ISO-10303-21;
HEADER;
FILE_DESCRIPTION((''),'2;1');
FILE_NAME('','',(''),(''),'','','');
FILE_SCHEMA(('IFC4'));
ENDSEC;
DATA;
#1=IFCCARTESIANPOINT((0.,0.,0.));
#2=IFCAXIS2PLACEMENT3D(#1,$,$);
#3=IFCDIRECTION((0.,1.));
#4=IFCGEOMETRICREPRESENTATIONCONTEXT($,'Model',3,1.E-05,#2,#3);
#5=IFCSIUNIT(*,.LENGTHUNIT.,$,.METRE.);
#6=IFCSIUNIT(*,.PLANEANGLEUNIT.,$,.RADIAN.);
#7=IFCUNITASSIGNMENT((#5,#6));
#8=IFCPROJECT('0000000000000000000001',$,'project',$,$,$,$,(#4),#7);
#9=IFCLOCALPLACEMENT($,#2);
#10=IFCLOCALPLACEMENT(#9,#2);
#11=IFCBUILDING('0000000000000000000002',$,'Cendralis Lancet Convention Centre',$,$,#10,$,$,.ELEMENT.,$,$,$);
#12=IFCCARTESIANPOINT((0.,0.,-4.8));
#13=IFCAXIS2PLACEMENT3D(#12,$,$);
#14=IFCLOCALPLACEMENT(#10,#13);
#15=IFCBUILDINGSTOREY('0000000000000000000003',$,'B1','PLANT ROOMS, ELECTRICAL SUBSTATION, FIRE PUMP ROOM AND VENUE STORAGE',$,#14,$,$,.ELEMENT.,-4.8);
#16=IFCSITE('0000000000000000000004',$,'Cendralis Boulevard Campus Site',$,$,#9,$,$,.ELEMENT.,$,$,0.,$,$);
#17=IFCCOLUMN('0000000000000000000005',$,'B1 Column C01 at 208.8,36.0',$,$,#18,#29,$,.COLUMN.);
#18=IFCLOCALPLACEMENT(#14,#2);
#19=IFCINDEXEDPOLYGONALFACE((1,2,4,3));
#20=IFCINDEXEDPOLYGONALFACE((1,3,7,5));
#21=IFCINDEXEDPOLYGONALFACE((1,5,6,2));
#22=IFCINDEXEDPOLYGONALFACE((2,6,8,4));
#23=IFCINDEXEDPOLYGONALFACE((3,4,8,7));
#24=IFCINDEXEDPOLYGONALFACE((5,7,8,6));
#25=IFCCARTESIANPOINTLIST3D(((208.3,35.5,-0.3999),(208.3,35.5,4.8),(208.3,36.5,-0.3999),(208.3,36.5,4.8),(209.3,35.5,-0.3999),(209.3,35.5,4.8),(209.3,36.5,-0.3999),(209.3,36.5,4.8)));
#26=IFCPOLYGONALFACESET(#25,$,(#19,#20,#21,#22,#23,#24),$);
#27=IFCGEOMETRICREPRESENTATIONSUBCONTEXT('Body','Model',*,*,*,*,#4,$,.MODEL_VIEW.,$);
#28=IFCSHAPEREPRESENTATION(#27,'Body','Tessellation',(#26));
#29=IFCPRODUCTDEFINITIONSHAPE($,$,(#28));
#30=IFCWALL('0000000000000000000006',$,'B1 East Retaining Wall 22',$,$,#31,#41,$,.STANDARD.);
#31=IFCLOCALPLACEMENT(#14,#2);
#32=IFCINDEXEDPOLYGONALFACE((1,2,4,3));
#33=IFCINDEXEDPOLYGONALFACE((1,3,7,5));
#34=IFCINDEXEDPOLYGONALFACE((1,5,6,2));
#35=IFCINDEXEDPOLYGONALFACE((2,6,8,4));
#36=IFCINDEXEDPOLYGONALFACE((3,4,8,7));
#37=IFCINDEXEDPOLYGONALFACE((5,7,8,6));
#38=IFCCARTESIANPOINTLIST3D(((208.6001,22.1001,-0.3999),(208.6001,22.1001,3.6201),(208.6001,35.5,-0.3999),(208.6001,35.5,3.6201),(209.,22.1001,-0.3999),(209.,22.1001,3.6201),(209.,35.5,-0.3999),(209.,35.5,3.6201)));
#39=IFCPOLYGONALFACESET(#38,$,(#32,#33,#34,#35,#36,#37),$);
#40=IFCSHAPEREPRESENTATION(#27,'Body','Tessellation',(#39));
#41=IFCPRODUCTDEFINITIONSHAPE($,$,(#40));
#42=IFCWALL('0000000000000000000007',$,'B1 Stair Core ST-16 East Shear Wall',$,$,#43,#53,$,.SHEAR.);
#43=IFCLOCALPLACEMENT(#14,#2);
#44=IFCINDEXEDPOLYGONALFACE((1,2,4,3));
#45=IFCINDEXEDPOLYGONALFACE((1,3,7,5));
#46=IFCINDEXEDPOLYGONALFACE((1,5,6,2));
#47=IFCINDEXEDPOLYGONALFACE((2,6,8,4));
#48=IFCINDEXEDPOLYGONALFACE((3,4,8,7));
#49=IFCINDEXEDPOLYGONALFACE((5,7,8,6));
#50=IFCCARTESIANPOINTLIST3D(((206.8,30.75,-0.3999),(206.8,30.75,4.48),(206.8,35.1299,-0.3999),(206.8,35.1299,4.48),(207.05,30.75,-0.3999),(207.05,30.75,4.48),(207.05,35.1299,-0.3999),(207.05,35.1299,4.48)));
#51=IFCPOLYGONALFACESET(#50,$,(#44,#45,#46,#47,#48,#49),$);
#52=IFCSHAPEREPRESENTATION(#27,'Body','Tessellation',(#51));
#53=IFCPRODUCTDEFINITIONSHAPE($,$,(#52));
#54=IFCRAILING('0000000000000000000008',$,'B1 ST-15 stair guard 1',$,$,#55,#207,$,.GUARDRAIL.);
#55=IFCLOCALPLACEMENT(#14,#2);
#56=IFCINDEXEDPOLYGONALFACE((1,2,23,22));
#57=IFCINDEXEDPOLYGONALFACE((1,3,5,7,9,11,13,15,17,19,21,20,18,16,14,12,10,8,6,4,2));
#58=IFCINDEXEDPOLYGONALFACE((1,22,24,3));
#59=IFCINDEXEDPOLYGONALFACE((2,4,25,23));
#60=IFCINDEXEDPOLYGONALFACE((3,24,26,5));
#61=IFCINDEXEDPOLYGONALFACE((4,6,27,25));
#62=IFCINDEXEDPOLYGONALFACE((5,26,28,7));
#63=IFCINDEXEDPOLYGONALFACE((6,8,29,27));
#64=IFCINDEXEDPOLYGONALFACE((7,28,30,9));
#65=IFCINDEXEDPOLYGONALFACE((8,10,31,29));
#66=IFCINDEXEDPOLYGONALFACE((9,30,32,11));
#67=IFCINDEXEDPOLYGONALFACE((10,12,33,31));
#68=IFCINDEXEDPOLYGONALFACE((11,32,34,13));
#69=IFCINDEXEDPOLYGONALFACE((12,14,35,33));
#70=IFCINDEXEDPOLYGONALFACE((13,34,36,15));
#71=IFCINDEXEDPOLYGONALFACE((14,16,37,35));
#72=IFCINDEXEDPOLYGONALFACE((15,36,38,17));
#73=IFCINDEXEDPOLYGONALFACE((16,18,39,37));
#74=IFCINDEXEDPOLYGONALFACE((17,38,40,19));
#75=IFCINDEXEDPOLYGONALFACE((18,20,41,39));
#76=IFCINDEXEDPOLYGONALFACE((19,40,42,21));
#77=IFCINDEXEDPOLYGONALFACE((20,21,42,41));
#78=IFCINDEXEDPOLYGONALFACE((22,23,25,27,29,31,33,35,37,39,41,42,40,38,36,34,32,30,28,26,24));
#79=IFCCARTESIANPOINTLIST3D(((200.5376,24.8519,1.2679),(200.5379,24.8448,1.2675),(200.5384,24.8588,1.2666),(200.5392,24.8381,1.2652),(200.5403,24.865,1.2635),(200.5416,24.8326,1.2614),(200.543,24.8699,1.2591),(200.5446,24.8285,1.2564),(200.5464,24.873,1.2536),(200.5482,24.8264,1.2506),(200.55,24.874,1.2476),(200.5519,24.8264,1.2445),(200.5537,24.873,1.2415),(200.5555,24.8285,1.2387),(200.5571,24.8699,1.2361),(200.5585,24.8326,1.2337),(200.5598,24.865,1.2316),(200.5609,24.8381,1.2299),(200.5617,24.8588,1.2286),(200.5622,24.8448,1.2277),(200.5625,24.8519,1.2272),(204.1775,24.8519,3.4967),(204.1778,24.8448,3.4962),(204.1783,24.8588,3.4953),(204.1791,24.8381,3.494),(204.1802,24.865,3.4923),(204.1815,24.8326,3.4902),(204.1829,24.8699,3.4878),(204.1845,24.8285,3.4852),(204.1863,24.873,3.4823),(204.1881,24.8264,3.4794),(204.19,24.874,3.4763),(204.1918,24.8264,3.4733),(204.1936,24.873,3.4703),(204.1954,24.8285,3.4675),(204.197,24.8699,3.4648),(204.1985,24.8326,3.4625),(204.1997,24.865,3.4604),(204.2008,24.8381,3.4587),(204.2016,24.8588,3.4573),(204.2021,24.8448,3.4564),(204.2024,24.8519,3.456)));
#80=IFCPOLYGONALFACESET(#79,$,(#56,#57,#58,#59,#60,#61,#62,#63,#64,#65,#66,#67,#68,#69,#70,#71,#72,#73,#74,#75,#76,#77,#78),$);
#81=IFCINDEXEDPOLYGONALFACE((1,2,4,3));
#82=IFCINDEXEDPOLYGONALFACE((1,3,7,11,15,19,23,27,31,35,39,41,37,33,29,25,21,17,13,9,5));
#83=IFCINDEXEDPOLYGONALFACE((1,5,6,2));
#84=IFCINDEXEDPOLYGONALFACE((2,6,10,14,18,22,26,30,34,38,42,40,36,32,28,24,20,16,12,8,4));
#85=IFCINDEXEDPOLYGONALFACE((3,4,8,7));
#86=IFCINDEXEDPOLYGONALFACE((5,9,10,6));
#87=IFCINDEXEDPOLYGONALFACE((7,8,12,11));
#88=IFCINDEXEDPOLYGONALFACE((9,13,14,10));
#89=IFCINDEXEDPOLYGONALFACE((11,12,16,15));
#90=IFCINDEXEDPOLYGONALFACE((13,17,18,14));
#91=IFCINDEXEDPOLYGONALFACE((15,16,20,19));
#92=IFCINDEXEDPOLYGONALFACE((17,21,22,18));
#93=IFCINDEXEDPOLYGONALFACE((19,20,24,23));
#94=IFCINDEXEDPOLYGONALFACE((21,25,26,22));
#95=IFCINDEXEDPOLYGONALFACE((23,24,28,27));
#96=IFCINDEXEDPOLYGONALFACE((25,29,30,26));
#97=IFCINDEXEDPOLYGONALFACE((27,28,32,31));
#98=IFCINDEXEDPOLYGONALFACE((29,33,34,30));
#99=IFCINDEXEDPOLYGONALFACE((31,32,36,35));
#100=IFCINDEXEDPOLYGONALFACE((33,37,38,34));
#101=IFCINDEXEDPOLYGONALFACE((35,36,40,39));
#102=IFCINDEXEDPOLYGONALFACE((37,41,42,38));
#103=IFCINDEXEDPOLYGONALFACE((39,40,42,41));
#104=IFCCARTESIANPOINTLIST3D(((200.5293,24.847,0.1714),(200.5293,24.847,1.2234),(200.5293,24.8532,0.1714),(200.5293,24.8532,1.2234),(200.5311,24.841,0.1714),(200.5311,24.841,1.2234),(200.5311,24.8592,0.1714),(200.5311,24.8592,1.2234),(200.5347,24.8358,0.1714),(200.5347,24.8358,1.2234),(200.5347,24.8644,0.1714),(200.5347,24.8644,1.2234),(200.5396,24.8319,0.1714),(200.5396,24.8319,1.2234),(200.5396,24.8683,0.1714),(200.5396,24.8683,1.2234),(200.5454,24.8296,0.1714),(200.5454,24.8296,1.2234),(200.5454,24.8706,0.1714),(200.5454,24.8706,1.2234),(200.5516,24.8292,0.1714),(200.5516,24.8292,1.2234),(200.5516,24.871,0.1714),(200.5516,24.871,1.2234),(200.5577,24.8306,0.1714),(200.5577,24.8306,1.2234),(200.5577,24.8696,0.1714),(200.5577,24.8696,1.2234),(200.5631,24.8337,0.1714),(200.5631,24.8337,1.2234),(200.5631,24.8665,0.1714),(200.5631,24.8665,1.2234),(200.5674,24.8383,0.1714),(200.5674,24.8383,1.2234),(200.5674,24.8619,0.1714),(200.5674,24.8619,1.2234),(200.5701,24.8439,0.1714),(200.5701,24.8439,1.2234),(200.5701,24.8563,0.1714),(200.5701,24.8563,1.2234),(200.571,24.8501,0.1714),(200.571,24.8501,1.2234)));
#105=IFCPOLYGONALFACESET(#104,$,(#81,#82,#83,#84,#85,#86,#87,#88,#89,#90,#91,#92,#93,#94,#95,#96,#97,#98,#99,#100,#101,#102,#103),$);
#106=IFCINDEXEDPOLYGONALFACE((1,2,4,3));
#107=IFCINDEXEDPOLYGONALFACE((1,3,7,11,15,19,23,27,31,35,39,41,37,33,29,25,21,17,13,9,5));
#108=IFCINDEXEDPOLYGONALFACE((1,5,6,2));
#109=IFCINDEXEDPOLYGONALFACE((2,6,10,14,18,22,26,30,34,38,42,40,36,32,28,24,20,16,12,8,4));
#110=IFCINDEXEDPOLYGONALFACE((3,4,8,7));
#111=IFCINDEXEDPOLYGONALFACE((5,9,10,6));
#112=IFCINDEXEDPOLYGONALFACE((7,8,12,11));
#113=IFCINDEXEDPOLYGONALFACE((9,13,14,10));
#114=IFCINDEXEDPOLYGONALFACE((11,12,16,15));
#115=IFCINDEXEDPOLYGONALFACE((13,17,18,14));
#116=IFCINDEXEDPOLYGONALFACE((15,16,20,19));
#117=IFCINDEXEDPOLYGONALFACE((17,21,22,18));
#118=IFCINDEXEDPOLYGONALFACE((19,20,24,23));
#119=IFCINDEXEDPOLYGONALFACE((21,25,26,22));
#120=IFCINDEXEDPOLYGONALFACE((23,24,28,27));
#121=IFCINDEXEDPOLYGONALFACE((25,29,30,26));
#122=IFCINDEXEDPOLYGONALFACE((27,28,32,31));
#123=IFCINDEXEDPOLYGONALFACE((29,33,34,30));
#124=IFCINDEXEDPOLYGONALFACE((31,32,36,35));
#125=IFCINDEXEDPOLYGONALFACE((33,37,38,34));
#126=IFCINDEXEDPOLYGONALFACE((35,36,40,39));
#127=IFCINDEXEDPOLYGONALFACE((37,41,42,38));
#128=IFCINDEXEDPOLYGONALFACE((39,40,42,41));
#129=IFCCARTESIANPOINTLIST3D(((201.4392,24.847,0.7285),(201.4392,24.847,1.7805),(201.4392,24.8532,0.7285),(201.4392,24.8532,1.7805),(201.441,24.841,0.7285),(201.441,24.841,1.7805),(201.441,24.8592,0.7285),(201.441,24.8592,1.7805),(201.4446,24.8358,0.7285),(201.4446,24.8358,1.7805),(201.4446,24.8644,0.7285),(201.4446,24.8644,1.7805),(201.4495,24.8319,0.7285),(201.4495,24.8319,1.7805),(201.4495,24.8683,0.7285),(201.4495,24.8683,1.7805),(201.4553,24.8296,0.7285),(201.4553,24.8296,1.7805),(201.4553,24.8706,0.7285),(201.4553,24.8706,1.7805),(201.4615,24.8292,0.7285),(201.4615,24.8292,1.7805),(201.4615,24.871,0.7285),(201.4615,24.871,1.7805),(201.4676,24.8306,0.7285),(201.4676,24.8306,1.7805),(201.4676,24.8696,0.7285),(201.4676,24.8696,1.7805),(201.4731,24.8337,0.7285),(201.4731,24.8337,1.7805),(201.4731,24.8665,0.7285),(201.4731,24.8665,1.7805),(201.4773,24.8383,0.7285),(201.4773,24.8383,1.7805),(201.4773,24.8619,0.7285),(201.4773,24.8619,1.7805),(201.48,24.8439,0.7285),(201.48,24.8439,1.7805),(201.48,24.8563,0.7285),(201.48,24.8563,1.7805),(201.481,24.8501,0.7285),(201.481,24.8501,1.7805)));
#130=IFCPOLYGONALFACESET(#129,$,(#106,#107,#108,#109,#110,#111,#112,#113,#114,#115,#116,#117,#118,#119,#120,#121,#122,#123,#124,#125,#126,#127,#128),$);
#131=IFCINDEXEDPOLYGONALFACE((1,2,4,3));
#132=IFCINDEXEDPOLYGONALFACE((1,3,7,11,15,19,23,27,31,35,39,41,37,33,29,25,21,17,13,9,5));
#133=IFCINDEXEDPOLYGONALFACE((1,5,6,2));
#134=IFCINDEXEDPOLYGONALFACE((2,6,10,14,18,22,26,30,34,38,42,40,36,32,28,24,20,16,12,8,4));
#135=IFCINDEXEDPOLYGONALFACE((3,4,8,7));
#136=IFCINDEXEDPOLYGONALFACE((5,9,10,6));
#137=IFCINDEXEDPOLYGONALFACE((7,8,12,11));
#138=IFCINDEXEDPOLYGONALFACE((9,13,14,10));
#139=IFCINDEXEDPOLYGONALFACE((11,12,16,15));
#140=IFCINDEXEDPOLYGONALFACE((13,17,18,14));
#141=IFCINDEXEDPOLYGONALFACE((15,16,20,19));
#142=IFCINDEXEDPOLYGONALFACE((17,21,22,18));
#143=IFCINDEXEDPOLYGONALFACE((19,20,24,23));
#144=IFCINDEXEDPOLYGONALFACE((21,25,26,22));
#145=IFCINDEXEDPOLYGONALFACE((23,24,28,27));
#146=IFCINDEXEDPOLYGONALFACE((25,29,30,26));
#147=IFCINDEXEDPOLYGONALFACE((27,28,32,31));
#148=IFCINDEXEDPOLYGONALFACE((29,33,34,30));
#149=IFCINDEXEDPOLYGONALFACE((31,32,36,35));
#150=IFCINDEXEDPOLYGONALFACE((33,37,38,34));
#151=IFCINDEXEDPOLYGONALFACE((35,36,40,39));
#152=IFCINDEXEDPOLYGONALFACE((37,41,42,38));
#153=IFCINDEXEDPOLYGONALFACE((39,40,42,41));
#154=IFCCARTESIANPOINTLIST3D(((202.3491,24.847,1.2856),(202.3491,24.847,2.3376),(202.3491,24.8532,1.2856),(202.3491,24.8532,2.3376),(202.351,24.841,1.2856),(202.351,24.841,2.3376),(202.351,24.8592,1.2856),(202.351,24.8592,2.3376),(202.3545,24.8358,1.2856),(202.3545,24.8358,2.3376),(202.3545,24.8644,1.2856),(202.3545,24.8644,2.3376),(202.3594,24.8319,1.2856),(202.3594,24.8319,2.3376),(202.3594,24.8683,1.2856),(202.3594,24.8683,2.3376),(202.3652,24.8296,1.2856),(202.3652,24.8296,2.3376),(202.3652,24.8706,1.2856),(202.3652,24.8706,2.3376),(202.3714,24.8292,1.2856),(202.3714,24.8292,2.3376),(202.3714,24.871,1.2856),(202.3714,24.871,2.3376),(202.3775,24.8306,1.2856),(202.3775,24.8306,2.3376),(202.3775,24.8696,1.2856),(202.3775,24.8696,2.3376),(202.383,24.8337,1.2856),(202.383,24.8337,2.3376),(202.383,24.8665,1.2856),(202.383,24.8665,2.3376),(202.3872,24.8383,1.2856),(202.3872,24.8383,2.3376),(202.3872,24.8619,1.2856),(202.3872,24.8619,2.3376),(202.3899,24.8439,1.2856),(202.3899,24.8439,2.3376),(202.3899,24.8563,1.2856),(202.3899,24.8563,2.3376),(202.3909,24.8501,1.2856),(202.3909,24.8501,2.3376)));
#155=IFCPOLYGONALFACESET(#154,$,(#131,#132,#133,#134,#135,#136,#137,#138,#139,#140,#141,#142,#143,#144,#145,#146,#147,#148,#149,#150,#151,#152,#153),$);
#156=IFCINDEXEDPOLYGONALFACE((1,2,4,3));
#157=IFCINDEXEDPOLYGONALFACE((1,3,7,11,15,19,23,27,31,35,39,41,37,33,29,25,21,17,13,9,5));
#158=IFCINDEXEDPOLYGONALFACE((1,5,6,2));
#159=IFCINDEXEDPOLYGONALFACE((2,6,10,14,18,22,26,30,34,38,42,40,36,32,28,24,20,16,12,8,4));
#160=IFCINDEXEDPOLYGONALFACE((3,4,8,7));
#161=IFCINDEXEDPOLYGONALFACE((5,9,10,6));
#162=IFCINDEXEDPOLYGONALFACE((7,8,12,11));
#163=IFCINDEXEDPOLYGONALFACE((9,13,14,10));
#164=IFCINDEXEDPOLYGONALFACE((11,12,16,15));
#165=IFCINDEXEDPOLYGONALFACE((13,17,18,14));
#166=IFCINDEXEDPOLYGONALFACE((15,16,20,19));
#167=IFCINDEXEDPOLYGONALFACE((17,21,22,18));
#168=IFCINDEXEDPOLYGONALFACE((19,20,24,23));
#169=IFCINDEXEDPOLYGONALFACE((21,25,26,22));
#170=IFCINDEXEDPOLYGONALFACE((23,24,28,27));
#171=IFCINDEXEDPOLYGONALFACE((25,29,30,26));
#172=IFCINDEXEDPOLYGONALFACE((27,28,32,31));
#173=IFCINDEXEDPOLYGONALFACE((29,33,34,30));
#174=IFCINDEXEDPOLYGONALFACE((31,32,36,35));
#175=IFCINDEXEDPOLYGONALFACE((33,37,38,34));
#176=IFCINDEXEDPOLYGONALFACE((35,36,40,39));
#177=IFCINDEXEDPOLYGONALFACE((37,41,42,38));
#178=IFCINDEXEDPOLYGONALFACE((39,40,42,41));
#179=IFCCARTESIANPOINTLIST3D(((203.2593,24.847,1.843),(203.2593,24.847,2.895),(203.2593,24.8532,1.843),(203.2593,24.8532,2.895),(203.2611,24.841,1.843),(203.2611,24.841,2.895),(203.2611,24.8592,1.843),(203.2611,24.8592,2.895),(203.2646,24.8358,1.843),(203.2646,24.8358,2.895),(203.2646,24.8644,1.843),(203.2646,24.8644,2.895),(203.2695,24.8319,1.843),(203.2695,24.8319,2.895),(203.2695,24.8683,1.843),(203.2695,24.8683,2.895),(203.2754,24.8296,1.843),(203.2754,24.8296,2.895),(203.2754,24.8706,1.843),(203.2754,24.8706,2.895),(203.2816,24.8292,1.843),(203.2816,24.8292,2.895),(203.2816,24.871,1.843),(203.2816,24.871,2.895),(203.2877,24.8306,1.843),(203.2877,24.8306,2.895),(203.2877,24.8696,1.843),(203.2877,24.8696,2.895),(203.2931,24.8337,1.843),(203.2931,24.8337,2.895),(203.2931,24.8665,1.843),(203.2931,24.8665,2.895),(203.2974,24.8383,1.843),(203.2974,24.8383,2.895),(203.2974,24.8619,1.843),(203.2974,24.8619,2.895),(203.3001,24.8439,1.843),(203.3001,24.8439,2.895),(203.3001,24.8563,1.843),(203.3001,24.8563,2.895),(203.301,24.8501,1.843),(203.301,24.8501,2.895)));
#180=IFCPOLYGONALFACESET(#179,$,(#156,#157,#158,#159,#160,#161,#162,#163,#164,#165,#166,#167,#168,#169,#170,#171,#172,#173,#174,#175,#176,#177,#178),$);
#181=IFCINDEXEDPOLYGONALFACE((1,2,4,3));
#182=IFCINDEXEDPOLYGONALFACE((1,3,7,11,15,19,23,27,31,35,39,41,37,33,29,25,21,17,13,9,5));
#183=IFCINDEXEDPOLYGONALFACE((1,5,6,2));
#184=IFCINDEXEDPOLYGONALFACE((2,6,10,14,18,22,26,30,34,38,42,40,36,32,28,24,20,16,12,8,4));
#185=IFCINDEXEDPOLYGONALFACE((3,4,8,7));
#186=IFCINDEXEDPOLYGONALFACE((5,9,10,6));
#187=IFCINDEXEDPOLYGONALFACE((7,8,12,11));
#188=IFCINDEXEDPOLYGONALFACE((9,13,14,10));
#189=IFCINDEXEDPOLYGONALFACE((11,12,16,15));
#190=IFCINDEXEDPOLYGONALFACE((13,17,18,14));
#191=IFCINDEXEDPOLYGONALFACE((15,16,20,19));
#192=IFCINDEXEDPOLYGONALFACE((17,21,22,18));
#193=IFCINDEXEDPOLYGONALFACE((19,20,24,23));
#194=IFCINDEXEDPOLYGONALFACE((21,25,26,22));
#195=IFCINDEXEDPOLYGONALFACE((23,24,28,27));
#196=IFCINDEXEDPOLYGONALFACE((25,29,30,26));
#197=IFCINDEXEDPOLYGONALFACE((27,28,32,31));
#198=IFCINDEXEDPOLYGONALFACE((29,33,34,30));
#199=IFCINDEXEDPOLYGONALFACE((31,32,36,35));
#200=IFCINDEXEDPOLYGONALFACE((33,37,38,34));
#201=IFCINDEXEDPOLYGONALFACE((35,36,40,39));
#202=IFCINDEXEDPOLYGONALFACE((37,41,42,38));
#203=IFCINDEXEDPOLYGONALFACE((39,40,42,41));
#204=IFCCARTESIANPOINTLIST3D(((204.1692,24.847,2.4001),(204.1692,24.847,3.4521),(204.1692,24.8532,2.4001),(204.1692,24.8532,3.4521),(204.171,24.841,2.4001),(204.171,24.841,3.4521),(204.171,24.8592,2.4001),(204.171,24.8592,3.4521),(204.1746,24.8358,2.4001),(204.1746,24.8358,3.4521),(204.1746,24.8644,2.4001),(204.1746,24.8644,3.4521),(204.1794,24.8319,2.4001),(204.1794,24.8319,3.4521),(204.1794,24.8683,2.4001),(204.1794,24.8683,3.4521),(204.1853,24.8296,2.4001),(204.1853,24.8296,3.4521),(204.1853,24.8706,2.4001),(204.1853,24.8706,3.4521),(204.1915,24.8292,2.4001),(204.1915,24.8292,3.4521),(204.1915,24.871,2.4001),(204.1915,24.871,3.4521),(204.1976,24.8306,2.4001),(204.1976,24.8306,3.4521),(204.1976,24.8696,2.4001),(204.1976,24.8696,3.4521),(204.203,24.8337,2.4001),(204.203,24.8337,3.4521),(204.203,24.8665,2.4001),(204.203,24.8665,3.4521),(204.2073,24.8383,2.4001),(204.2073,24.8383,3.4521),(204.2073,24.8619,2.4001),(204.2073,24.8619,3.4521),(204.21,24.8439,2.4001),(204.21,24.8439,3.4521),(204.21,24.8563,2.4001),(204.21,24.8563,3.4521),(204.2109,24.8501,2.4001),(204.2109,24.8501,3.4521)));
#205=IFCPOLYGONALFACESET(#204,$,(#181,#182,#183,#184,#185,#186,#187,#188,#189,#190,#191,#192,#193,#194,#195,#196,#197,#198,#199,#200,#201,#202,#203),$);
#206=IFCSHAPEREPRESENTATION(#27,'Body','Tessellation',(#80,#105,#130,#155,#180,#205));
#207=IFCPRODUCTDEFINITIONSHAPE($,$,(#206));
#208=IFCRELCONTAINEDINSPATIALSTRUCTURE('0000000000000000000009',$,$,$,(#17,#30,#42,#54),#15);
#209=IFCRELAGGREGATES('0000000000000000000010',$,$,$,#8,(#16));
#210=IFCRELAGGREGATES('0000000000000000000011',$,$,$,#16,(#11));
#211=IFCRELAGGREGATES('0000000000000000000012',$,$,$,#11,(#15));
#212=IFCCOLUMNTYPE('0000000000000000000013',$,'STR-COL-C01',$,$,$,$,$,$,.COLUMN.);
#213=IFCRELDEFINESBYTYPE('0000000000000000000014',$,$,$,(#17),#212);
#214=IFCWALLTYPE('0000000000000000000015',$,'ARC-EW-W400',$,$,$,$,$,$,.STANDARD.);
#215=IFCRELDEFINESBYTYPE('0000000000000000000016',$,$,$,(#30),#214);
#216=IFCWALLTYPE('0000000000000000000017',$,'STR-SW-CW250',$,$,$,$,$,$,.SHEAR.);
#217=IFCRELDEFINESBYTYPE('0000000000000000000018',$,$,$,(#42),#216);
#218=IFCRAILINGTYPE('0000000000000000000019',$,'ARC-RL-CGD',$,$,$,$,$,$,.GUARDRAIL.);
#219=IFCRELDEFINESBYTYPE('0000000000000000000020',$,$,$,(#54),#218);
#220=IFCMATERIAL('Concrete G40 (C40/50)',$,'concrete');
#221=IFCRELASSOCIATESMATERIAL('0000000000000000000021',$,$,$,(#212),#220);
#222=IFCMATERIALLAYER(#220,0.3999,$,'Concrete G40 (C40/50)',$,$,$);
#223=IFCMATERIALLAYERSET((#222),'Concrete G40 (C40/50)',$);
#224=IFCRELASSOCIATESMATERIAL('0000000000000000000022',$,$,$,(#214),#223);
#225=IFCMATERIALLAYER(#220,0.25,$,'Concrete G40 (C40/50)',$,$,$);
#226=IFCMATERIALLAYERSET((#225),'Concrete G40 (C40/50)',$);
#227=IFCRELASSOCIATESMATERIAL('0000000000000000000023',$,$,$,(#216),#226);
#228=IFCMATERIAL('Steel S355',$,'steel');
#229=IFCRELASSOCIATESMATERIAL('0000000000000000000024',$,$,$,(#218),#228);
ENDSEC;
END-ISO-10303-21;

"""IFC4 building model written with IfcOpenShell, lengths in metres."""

from ifc_helpers import new_model, si_unit, direction, frame, frame_2d, origin, origin_2d, place, context, subcontext, project, spatial, rectangle, circle, extrude, material, layer, layer_set, material_profile, profile_set, type_object, element, save


model = new_model("IFC4")

# Units and contexts
model_context = context("Model", 3, precision=1e-05, world=origin(), true_north=direction((0.0, 1.0)))
body_context = subcontext(model_context, "Body", "Model", "MODEL_VIEW")
ifc_project = project(units=[si_unit("LENGTHUNIT", "METRE"), si_unit("PLANEANGLEUNIT", "RADIAN")], contexts=[model_context])

# Site, building, storey
site_placement = place(None, origin())
site = spatial("IfcSite", under=ifc_project, at=site_placement, Name="Cendralis Boulevard Campus Site", CompositionType="ELEMENT", RefElevation=0.0)
building_placement = place(site_placement, origin())
building = spatial("IfcBuilding", under=site, at=building_placement, Name="Cendralis Lancet Convention Centre", CompositionType="ELEMENT")
storey_placement = place(building_placement, frame((0.0, 0.0, -4.8)))
storey = spatial("IfcBuildingStorey", under=building, at=storey_placement, Name="B1", Description="PLANT ROOMS, ELECTRICAL SUBSTATION, FIRE PUMP ROOM AND VENUE STORAGE", CompositionType="ELEMENT", Elevation=-4.8)

# Column
ifc_material_1 = material(Name="Concrete G40 (C40/50)", Category="concrete")
ifc_material_profile_1 = material_profile(ifc_material_1, rectangle(XDim=1.0, YDim=1.0, at=origin_2d()), Name="RC 1000x1000")
ifc_profile_set_1 = profile_set([ifc_material_profile_1], Name="Concrete G40 (C40/50)")
column_type = type_object("IfcColumnType", Name="STR-COL-C01", PredefinedType="COLUMN", material=ifc_profile_set_1)
for number, where, z_axis, x_axis, name in (
    (1, (208.8, 36.0, -0.3999), (0.0, 0.0, 1.0), (1.0, 0.0, 0.0), "B1 Column C01 at 208.8,36.0"),
):
    element("IfcColumn", number, at=place(storey_placement, frame(where, z_axis=z_axis, x_axis=x_axis)), inside=storey, type_object=column_type, Name=name, PredefinedType="COLUMN", context=body_context, shape_type="SweptSolid", body=[
        extrude(rectangle(XDim=1.0, YDim=1.0, at=origin_2d()), origin(), (0.0, 0.0, 1.0), 5.2),
    ])

# Walls
ifc_layer_1 = layer(ifc_material_1, 0.3999, Name="Concrete G40 (C40/50)")
ifc_layer_set_1 = layer_set([ifc_layer_1], Name="Concrete G40 (C40/50)")
wall_type_1 = type_object("IfcWallType", Name="ARC-EW-W400", PredefinedType="STANDARD", material=ifc_layer_set_1)
wall_1_placement = place(storey_placement, frame((208.8, 35.5, -0.3999), z_axis=(0.0, 0.0, 1.0), x_axis=(0.0, -1.0, 0.0)))
element("IfcWall", 2, at=wall_1_placement, inside=storey, type_object=wall_type_1, Name="B1 East Retaining Wall 22", PredefinedType="STANDARD", context=body_context, shape_type="SweptSolid", body=[
    extrude(rectangle(XDim=13.3999, YDim=0.3999, at=frame_2d((6.7, 0.0))), origin(), (0.0, 0.0, 1.0), 4.02),
])
ifc_layer_2 = layer(ifc_material_1, 0.25, Name="Concrete G40 (C40/50)")
ifc_layer_set_2 = layer_set([ifc_layer_2], Name="Concrete G40 (C40/50)")
wall_type_2 = type_object("IfcWallType", Name="STR-SW-CW250", PredefinedType="SHEAR", material=ifc_layer_set_2)
wall_2_placement = place(storey_placement, frame((206.925, 30.75, -0.3999), z_axis=(0.0, 0.0, 1.0), x_axis=(0.0, 1.0, 0.0)))
element("IfcWall", 3, at=wall_2_placement, inside=storey, type_object=wall_type_2, Name="B1 Stair Core ST-16 East Shear Wall", PredefinedType="SHEAR", context=body_context, shape_type="SweptSolid", body=[
    extrude(rectangle(XDim=4.3799, YDim=0.25, at=frame_2d((2.1899, 0.0))), origin(), (0.0, 0.0, 1.0), 4.8799),
])

# Railing
ifc_material_2 = material(Name="Steel S355", Category="steel")
railing_type_1 = type_object("IfcRailingType", Name="ARC-RL-CGD", PredefinedType="GUARDRAIL", material=ifc_material_2)
railing_1_placement = place(storey_placement, frame((200.55, 24.8501, 0.1714)))
element("IfcRailing", 4, at=railing_1_placement, inside=storey, type_object=railing_type_1, Name="B1 ST-15 stair guard 1", PredefinedType="GUARDRAIL", context=body_context, shape_type="SweptSolid", body=[
    extrude(circle(Radius=0.0239, at=origin_2d()), frame((0.0, 0.0, 1.0762), z_axis=(0.852825, 0.0, 0.522197), x_axis=(0.0, 1.0, 0.0)), (0.0, 0.0, 1.0), 4.2681),
    extrude(circle(Radius=0.021, at=origin_2d()), origin(), (0.0, 0.0, 1.0), 1.052),
    extrude(circle(Radius=0.021, at=origin_2d()), frame((0.9099, 0.0, 0.5571)), (0.0, 0.0, 1.0), 1.052),
    extrude(circle(Radius=0.021, at=origin_2d()), frame((1.8198, 0.0, 1.1143)), (0.0, 0.0, 1.0), 1.052),
    extrude(circle(Radius=0.021, at=origin_2d()), frame((2.73, 0.0, 1.6716)), (0.0, 0.0, 1.0), 1.052),
    extrude(circle(Radius=0.021, at=origin_2d()), frame((3.6399, 0.0, 2.2288)), (0.0, 0.0, 1.0), 1.052),
])

save(model, "model.ifc")
